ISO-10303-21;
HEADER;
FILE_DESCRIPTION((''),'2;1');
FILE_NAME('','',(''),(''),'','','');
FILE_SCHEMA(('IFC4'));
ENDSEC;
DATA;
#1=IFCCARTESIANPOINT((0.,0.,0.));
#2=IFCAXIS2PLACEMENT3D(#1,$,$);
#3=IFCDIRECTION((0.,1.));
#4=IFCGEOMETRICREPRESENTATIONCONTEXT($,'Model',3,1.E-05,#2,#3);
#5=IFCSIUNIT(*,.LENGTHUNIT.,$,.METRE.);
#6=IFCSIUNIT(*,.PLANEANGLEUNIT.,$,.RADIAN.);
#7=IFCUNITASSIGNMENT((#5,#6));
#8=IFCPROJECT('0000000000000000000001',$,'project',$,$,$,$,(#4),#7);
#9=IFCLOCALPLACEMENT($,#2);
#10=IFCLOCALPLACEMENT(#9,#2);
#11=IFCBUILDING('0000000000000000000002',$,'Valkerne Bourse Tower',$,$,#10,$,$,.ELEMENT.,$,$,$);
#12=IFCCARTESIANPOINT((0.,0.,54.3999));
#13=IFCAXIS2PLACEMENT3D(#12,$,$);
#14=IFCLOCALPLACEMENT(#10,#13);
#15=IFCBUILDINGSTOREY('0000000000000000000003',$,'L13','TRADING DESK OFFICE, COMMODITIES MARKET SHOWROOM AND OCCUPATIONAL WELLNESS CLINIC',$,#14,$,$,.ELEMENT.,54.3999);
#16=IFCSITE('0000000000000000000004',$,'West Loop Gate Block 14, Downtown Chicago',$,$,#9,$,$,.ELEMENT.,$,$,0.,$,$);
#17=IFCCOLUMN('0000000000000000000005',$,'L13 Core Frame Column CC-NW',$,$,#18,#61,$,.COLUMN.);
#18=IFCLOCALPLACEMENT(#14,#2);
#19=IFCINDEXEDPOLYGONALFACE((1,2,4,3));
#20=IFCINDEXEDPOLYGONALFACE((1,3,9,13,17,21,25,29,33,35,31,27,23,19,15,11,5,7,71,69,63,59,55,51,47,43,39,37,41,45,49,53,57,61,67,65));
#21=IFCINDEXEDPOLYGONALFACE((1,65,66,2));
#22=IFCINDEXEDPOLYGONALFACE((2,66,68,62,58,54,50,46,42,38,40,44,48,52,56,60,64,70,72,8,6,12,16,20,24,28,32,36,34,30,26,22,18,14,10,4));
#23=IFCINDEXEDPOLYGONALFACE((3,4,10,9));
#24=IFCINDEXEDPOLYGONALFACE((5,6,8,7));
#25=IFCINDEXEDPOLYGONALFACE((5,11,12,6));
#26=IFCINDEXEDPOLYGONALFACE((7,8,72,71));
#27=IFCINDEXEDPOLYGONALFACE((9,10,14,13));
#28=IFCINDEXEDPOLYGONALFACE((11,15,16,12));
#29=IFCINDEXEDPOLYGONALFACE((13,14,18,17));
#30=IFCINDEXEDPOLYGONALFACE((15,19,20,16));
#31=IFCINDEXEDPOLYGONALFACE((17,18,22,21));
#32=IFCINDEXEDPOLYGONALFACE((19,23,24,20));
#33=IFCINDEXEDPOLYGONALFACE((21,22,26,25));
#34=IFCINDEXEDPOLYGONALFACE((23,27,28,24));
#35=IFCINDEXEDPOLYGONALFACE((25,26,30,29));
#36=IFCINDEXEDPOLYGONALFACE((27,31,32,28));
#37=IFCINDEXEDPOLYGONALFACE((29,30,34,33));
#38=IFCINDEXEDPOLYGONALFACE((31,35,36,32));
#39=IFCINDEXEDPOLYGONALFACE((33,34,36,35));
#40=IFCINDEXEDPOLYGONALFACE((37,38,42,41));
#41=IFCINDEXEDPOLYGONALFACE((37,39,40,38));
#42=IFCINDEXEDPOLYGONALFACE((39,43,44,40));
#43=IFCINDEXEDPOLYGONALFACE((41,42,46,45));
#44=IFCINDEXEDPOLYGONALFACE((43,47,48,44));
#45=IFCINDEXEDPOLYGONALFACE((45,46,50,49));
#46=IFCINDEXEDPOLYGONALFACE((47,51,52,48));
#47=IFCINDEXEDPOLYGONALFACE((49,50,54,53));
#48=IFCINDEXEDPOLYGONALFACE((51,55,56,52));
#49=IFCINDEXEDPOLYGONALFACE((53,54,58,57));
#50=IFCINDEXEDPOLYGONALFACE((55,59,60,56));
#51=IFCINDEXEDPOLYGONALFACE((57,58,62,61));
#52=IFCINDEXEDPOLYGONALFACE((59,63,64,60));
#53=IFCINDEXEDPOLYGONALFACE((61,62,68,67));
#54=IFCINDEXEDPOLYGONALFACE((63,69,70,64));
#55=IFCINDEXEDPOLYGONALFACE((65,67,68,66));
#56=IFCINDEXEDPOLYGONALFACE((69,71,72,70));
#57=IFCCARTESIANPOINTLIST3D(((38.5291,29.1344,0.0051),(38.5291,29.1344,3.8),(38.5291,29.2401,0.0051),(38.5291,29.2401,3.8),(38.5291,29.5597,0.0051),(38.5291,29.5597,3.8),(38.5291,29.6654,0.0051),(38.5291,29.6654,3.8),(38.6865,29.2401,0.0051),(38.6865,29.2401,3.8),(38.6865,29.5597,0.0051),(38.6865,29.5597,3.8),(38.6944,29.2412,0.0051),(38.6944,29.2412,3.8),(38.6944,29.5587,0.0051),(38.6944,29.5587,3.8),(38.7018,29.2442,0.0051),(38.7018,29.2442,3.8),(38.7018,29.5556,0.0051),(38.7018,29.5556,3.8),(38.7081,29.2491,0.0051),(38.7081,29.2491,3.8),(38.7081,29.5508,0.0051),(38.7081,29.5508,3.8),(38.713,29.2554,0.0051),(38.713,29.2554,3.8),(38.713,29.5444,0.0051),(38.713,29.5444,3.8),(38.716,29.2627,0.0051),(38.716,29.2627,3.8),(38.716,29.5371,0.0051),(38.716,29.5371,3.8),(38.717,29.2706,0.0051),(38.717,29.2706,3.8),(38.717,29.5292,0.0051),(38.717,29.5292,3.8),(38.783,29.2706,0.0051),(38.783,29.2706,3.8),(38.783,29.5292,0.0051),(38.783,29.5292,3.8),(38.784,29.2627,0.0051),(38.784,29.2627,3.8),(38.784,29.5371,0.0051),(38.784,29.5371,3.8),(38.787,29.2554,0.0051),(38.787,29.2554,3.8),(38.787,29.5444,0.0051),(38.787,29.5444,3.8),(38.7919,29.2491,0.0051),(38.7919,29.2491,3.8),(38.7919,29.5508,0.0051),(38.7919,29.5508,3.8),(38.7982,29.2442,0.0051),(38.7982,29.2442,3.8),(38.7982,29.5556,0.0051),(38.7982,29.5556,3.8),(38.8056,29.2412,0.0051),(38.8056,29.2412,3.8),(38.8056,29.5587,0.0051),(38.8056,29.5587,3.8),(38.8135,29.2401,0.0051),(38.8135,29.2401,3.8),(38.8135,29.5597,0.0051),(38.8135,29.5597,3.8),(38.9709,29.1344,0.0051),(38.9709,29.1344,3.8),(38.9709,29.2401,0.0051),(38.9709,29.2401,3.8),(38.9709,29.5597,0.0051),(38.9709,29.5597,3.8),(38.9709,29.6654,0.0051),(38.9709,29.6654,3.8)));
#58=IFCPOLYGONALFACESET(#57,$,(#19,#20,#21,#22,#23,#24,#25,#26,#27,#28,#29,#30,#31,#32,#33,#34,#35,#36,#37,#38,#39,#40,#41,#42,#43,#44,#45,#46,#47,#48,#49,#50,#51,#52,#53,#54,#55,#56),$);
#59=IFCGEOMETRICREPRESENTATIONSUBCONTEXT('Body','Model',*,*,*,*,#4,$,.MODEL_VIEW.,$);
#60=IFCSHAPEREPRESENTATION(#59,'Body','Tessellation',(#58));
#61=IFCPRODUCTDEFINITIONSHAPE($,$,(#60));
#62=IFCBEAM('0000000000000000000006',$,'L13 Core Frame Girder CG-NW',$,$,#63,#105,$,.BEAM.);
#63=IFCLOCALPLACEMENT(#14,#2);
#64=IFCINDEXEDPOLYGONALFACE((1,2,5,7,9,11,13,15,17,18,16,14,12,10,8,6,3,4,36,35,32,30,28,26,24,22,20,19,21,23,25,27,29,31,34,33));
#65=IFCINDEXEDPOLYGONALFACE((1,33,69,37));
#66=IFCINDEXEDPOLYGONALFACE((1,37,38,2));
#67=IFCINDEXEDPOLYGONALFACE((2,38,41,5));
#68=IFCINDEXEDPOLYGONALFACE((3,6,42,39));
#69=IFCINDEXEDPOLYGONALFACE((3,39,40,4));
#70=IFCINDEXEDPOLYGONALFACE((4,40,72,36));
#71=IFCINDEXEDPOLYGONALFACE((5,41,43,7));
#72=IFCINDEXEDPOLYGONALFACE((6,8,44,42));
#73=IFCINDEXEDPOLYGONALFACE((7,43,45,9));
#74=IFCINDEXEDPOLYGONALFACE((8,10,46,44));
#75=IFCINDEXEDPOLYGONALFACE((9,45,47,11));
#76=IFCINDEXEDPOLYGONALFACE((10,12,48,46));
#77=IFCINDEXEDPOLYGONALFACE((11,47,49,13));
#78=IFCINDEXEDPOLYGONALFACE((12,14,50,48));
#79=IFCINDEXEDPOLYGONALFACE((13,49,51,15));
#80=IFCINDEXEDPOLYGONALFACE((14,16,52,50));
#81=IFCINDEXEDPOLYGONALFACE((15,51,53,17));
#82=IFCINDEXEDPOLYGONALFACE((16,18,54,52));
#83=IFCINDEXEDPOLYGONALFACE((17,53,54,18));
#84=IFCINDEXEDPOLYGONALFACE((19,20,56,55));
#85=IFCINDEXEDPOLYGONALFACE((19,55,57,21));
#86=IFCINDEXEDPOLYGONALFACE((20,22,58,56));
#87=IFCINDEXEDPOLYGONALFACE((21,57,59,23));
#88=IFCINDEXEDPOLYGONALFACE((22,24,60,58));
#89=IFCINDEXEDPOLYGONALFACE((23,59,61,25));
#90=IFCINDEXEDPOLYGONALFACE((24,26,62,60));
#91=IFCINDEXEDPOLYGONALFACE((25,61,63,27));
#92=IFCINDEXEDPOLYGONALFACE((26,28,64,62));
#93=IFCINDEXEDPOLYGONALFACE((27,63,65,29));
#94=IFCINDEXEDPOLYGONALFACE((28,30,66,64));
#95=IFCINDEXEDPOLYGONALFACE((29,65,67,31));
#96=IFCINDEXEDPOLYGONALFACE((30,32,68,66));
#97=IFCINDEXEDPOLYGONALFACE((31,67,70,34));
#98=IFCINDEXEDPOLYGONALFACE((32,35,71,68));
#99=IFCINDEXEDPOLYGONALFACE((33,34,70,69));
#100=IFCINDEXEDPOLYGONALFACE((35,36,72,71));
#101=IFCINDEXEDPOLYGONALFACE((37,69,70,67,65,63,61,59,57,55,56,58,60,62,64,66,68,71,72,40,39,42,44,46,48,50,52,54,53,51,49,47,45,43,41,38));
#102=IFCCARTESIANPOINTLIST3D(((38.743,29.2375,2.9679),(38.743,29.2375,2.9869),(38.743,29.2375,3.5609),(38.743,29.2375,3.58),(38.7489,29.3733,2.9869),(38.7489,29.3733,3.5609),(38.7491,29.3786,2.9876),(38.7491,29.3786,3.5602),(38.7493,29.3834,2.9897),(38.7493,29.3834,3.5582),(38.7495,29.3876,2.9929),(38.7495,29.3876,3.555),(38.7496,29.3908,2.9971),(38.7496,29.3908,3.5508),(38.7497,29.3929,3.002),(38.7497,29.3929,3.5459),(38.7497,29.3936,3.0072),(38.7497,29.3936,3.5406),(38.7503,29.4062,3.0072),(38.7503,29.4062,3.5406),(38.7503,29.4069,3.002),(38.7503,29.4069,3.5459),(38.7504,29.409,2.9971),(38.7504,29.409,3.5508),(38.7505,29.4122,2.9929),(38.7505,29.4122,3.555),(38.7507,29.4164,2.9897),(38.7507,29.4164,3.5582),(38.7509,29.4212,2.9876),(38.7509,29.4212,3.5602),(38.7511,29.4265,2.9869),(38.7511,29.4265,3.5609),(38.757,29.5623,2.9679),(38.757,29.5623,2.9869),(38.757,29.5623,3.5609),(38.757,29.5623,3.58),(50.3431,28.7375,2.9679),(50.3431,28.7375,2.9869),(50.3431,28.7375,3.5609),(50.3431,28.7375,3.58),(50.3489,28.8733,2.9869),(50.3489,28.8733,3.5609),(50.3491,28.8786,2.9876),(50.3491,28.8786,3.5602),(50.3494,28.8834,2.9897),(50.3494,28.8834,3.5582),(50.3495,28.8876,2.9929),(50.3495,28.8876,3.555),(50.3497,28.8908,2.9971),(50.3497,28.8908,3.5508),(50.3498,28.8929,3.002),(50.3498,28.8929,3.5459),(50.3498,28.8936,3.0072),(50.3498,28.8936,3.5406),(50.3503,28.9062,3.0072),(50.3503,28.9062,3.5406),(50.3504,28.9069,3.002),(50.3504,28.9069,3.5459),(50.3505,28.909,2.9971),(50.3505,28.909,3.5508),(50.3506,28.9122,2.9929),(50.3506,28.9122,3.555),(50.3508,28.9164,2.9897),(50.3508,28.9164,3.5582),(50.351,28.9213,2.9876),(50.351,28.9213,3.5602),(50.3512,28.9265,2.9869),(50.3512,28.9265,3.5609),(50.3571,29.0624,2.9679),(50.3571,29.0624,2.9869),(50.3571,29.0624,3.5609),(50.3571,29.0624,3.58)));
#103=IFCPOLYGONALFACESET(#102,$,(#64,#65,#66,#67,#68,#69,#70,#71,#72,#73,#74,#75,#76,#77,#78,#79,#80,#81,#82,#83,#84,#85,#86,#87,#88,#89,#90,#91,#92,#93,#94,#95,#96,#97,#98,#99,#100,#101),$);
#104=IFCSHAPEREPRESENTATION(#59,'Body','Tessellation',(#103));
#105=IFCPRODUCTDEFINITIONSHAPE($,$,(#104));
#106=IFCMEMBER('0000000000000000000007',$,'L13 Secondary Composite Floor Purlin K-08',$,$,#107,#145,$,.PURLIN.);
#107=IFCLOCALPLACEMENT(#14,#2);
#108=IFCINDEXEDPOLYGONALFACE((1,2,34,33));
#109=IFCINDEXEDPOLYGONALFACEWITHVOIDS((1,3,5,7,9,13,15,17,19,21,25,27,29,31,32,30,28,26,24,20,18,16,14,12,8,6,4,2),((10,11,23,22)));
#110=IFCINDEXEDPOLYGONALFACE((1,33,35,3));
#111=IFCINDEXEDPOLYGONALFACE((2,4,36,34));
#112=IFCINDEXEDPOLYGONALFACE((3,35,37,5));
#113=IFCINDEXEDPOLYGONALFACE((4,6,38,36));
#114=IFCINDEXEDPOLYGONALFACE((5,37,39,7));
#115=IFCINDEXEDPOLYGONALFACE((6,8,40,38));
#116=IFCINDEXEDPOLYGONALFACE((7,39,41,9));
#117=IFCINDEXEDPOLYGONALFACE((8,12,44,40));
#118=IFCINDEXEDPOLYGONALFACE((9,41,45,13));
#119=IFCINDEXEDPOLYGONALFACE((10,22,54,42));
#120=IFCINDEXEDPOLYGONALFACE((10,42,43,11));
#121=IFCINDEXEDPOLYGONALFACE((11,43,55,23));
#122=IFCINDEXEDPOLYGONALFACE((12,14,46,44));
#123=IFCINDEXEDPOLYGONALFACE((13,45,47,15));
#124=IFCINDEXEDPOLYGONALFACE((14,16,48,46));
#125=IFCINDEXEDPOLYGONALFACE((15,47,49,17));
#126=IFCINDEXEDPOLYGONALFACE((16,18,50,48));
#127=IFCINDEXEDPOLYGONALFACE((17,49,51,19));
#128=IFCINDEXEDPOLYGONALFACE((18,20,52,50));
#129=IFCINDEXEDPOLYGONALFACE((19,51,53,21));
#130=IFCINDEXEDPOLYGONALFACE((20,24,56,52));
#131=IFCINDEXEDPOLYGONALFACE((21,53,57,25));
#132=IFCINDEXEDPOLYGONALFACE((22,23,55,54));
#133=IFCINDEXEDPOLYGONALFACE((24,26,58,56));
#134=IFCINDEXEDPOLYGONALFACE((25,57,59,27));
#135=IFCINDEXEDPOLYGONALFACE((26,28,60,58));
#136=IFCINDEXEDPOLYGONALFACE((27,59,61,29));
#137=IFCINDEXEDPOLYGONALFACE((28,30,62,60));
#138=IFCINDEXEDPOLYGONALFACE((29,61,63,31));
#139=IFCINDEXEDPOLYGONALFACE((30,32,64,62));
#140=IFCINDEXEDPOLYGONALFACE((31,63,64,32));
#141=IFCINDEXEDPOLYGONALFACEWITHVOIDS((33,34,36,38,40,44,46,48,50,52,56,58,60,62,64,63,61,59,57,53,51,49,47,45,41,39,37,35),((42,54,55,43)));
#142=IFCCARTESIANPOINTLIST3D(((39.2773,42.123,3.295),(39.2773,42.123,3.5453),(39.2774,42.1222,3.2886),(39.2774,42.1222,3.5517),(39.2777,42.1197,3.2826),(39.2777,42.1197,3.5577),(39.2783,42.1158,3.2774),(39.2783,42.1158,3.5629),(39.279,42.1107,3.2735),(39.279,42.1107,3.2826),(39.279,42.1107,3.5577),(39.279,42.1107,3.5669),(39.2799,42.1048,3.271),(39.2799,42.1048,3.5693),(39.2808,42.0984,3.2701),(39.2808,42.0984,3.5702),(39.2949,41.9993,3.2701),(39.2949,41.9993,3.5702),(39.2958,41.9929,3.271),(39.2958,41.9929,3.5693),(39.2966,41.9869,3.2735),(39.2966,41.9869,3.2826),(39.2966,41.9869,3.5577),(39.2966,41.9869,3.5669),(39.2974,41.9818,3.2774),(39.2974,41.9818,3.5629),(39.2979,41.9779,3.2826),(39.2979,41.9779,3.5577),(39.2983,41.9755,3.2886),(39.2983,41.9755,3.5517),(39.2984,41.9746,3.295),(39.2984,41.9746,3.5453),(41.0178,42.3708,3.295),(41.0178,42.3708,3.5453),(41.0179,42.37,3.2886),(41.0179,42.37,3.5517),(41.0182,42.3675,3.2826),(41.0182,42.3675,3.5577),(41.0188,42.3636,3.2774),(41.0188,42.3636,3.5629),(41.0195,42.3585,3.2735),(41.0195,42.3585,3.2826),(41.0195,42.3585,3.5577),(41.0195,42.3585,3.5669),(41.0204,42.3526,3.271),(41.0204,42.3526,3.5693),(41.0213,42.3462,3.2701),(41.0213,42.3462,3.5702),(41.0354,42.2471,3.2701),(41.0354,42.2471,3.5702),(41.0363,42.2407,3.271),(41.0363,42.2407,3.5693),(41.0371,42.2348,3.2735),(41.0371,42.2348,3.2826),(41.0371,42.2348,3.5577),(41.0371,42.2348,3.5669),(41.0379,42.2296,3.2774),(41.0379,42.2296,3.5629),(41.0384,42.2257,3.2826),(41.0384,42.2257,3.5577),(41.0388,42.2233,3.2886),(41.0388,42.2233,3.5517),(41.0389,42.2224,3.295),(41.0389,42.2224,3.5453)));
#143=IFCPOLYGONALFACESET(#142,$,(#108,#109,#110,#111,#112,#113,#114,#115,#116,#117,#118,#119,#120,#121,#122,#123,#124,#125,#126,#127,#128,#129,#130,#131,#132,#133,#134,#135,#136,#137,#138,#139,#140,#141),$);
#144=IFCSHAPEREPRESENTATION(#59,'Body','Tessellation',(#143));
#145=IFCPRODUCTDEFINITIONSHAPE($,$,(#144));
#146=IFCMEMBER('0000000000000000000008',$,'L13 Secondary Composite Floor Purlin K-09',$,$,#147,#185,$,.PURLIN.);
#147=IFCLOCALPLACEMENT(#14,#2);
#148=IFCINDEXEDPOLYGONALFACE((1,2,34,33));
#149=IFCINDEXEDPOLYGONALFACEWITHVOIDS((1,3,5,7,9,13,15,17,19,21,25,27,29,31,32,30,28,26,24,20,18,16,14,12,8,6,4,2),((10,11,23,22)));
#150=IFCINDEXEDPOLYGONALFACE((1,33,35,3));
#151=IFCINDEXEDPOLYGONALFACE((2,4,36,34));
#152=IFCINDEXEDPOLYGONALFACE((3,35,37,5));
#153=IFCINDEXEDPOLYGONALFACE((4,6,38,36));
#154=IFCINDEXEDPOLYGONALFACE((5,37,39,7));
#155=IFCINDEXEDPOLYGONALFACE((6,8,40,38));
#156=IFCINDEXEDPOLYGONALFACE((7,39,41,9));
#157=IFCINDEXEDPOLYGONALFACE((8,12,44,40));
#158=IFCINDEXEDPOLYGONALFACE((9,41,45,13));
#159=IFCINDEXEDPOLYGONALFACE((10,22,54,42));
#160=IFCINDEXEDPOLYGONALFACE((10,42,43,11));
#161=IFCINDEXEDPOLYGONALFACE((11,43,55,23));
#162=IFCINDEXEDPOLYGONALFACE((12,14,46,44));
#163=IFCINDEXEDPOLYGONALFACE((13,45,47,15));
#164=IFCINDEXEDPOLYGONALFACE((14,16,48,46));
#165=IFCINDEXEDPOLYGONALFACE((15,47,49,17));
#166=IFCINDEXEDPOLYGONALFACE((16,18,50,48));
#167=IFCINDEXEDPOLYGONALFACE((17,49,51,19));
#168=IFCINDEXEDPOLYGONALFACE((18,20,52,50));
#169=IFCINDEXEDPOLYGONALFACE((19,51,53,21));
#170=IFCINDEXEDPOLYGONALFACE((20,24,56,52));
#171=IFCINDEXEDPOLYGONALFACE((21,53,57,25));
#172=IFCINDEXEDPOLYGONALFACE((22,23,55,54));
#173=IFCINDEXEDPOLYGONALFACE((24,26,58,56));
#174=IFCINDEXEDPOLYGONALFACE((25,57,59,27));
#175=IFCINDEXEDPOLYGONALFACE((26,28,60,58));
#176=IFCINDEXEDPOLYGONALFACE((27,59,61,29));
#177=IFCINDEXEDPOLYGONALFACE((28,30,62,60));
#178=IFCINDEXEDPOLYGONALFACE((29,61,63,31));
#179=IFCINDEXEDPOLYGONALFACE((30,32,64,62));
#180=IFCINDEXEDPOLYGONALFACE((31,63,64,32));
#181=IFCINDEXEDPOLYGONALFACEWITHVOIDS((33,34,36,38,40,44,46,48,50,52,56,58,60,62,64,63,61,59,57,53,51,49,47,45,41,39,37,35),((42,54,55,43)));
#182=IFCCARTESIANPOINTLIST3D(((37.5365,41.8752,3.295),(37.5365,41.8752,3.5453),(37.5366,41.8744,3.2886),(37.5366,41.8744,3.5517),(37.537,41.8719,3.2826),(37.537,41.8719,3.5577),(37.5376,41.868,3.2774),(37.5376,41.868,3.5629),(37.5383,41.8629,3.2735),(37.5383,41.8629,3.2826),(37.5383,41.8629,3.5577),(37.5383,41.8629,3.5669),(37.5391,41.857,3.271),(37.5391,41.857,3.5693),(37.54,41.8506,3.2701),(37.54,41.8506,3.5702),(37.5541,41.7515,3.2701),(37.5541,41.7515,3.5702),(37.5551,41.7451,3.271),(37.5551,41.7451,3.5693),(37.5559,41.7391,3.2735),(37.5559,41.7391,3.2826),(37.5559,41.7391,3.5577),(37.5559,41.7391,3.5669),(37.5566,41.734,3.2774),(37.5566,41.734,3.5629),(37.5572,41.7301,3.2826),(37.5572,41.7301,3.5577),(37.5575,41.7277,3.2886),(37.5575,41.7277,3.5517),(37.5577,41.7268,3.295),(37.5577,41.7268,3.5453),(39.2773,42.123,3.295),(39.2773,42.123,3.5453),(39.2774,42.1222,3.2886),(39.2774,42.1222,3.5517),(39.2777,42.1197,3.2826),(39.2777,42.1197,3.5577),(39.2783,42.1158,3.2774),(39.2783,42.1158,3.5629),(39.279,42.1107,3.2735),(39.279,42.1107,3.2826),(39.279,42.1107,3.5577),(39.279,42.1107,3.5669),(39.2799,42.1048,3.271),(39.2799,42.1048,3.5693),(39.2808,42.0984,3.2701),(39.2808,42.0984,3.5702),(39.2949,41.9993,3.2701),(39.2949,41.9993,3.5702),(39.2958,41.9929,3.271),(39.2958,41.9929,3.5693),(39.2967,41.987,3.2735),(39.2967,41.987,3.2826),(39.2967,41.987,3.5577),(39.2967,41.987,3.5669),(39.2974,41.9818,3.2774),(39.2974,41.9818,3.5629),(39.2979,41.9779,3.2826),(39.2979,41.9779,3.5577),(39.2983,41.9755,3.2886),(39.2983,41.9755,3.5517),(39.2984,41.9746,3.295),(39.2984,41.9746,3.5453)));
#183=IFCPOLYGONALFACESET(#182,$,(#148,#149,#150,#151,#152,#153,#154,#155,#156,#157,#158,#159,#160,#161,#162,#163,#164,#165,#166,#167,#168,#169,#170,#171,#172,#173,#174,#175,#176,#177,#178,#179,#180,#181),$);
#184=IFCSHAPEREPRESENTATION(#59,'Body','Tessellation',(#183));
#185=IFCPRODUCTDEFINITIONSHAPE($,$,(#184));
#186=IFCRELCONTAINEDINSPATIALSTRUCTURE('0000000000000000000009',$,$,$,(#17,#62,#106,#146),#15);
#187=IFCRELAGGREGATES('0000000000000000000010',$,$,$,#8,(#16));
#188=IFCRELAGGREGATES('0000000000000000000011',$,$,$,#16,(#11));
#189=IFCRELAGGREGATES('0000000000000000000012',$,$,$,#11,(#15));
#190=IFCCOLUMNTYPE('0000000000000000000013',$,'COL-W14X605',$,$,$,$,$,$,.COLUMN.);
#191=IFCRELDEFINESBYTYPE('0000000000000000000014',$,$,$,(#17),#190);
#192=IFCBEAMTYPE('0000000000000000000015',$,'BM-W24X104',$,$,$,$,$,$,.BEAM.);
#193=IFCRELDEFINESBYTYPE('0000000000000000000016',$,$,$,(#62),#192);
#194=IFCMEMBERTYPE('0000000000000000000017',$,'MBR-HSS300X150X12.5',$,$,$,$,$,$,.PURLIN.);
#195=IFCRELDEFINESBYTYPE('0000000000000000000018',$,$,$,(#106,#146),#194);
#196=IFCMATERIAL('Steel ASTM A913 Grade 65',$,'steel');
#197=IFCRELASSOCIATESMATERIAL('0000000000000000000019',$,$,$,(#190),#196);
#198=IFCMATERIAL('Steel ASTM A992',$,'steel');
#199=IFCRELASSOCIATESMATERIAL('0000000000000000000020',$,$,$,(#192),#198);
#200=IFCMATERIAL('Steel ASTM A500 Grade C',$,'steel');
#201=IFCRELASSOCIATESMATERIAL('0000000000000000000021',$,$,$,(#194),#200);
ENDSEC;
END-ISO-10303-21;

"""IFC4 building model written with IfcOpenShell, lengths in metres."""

from ifc_helpers import new_model, si_unit, direction, frame, origin, origin_2d, place, context, subcontext, project, spatial, hollow_rectangle, i_section, extrude, material, material_profile, profile_set, type_object, element, save


model = new_model("IFC4")

# Units and contexts
model_context = context("Model", 3, precision=1e-05, world=origin(), true_north=direction((0.0, 1.0)))
body_context = subcontext(model_context, "Body", "Model", "MODEL_VIEW")
ifc_project = project(units=[si_unit("LENGTHUNIT", "METRE"), si_unit("PLANEANGLEUNIT", "RADIAN")], contexts=[model_context])

# Site, building, storey
site_placement = place(None, origin())
site = spatial("IfcSite", under=ifc_project, at=site_placement, Name="West Loop Gate Block 14, Downtown Chicago", CompositionType="ELEMENT", RefElevation=0.0)
building_placement = place(site_placement, origin())
building = spatial("IfcBuilding", under=site, at=building_placement, Name="Valkerne Bourse Tower", CompositionType="ELEMENT")
storey_placement = place(building_placement, frame((0.0, 0.0, 54.3999)))
storey = spatial("IfcBuildingStorey", under=building, at=storey_placement, Name="L13", Description="TRADING DESK OFFICE, COMMODITIES MARKET SHOWROOM AND OCCUPATIONAL WELLNESS CLINIC", CompositionType="ELEMENT", Elevation=54.3999)

# Column
ifc_material_1 = material(Name="Steel ASTM A913 Grade 65", Category="steel")
ifc_material_profile_1 = material_profile(ifc_material_1, i_section(OverallWidth=0.4419, OverallDepth=0.531, WebThickness=0.0659, FlangeThickness=0.1057, FilletRadius=0.0305, at=origin_2d()), Name="W14X605")
ifc_profile_set_1 = profile_set([ifc_material_profile_1], Name="Steel ASTM A913 Grade 65")
column_type = type_object("IfcColumnType", Name="COL-W14X605", PredefinedType="COLUMN", material=ifc_profile_set_1)
column_placement = place(storey_placement, frame((38.75, 29.3999, 0.0051), z_axis=(0.0, 0.0, 1.0), x_axis=(1.0, 0.0, 0.0)))
element("IfcColumn", 1, at=column_placement, inside=storey, type_object=column_type, Name="L13 Core Frame Column CC-NW", PredefinedType="COLUMN", context=body_context, shape_type="SweptSolid", body=[
    extrude(i_section(OverallWidth=0.4419, OverallDepth=0.531, WebThickness=0.0659, FlangeThickness=0.1057, FilletRadius=0.0305, at=origin_2d()), origin(), (0.0, 0.0, 1.0), 3.7949),
])

# Beam
ifc_material_2 = material(Name="Steel ASTM A992", Category="steel")
ifc_material_profile_2 = material_profile(ifc_material_2, i_section(OverallWidth=0.3252, OverallDepth=0.6121, WebThickness=0.0127, FlangeThickness=0.019, FilletRadius=0.0203, at=origin_2d()), Name="W24X104")
ifc_profile_set_2 = profile_set([ifc_material_profile_2], Name="Steel ASTM A992")
beam_type = type_object("IfcBeamType", Name="BM-W24X104", PredefinedType="BEAM", material=ifc_profile_set_2)
beam_placement = place(storey_placement, frame((38.75, 29.3999, 3.2739), z_axis=(0.999072, -0.043063, 0.0), x_axis=(0.043063, 0.999072, 0.0)))
element("IfcBeam", 2, at=beam_placement, inside=storey, type_object=beam_type, Name="L13 Core Frame Girder CG-NW", PredefinedType="BEAM", context=body_context, shape_type="SweptSolid", body=[
    extrude(i_section(OverallWidth=0.3252, OverallDepth=0.6121, WebThickness=0.0127, FlangeThickness=0.019, FilletRadius=0.0203, at=origin_2d()), origin(), (0.0, 0.0, 1.0), 11.6108),
])

# Members
ifc_material_3 = material(Name="Steel ASTM A500 Grade C", Category="steel")
ifc_material_profile_3 = material_profile(ifc_material_3, hollow_rectangle(XDim=0.1499, YDim=0.3, WallThickness=0.0125, OuterFilletRadius=0.0249, at=origin_2d()), Name="HSS300X150X12.5")
ifc_profile_set_3 = profile_set([ifc_material_profile_3], Name="Steel ASTM A500 Grade C")
member_type = type_object("IfcMemberType", Name="MBR-HSS300X150X12.5", PredefinedType="PURLIN", material=ifc_profile_set_3)
member_1_placement = place(storey_placement, frame((41.0283, 42.2966, 3.4202), z_axis=(-0.990016, -0.140955, 0.0), x_axis=(0.140955, -0.990016, 0.0)))
element("IfcMember", 3, at=member_1_placement, inside=storey, type_object=member_type, Name="L13 Secondary Composite Floor Purlin K-08", PredefinedType="PURLIN", context=body_context, shape_type="SweptSolid", body=[
    extrude(hollow_rectangle(XDim=0.1499, YDim=0.3, WallThickness=0.0125, OuterFilletRadius=0.0249, at=origin_2d()), origin(), (0.0, 0.0, 1.0), 1.7581),
])
for number, where, z_axis, x_axis, name in (
    (4, (39.2878, 42.0488, 3.4202), (-0.990019, -0.140935, 0.0), (0.140935, -0.990019, 0.0), "L13 Secondary Composite Floor Purlin K-09"),
):
    element("IfcMember", number, at=place(storey_placement, frame(where, z_axis=z_axis, x_axis=x_axis)), inside=storey, type_object=member_type, Name=name, PredefinedType="PURLIN", context=body_context, shape_type="SweptSolid", body=[
        extrude(hollow_rectangle(XDim=0.1499, YDim=0.3, WallThickness=0.0125, OuterFilletRadius=0.0249, at=origin_2d()), origin(), (0.0, 0.0, 1.0), 1.7583),
    ])

save(model, "model.ifc")
